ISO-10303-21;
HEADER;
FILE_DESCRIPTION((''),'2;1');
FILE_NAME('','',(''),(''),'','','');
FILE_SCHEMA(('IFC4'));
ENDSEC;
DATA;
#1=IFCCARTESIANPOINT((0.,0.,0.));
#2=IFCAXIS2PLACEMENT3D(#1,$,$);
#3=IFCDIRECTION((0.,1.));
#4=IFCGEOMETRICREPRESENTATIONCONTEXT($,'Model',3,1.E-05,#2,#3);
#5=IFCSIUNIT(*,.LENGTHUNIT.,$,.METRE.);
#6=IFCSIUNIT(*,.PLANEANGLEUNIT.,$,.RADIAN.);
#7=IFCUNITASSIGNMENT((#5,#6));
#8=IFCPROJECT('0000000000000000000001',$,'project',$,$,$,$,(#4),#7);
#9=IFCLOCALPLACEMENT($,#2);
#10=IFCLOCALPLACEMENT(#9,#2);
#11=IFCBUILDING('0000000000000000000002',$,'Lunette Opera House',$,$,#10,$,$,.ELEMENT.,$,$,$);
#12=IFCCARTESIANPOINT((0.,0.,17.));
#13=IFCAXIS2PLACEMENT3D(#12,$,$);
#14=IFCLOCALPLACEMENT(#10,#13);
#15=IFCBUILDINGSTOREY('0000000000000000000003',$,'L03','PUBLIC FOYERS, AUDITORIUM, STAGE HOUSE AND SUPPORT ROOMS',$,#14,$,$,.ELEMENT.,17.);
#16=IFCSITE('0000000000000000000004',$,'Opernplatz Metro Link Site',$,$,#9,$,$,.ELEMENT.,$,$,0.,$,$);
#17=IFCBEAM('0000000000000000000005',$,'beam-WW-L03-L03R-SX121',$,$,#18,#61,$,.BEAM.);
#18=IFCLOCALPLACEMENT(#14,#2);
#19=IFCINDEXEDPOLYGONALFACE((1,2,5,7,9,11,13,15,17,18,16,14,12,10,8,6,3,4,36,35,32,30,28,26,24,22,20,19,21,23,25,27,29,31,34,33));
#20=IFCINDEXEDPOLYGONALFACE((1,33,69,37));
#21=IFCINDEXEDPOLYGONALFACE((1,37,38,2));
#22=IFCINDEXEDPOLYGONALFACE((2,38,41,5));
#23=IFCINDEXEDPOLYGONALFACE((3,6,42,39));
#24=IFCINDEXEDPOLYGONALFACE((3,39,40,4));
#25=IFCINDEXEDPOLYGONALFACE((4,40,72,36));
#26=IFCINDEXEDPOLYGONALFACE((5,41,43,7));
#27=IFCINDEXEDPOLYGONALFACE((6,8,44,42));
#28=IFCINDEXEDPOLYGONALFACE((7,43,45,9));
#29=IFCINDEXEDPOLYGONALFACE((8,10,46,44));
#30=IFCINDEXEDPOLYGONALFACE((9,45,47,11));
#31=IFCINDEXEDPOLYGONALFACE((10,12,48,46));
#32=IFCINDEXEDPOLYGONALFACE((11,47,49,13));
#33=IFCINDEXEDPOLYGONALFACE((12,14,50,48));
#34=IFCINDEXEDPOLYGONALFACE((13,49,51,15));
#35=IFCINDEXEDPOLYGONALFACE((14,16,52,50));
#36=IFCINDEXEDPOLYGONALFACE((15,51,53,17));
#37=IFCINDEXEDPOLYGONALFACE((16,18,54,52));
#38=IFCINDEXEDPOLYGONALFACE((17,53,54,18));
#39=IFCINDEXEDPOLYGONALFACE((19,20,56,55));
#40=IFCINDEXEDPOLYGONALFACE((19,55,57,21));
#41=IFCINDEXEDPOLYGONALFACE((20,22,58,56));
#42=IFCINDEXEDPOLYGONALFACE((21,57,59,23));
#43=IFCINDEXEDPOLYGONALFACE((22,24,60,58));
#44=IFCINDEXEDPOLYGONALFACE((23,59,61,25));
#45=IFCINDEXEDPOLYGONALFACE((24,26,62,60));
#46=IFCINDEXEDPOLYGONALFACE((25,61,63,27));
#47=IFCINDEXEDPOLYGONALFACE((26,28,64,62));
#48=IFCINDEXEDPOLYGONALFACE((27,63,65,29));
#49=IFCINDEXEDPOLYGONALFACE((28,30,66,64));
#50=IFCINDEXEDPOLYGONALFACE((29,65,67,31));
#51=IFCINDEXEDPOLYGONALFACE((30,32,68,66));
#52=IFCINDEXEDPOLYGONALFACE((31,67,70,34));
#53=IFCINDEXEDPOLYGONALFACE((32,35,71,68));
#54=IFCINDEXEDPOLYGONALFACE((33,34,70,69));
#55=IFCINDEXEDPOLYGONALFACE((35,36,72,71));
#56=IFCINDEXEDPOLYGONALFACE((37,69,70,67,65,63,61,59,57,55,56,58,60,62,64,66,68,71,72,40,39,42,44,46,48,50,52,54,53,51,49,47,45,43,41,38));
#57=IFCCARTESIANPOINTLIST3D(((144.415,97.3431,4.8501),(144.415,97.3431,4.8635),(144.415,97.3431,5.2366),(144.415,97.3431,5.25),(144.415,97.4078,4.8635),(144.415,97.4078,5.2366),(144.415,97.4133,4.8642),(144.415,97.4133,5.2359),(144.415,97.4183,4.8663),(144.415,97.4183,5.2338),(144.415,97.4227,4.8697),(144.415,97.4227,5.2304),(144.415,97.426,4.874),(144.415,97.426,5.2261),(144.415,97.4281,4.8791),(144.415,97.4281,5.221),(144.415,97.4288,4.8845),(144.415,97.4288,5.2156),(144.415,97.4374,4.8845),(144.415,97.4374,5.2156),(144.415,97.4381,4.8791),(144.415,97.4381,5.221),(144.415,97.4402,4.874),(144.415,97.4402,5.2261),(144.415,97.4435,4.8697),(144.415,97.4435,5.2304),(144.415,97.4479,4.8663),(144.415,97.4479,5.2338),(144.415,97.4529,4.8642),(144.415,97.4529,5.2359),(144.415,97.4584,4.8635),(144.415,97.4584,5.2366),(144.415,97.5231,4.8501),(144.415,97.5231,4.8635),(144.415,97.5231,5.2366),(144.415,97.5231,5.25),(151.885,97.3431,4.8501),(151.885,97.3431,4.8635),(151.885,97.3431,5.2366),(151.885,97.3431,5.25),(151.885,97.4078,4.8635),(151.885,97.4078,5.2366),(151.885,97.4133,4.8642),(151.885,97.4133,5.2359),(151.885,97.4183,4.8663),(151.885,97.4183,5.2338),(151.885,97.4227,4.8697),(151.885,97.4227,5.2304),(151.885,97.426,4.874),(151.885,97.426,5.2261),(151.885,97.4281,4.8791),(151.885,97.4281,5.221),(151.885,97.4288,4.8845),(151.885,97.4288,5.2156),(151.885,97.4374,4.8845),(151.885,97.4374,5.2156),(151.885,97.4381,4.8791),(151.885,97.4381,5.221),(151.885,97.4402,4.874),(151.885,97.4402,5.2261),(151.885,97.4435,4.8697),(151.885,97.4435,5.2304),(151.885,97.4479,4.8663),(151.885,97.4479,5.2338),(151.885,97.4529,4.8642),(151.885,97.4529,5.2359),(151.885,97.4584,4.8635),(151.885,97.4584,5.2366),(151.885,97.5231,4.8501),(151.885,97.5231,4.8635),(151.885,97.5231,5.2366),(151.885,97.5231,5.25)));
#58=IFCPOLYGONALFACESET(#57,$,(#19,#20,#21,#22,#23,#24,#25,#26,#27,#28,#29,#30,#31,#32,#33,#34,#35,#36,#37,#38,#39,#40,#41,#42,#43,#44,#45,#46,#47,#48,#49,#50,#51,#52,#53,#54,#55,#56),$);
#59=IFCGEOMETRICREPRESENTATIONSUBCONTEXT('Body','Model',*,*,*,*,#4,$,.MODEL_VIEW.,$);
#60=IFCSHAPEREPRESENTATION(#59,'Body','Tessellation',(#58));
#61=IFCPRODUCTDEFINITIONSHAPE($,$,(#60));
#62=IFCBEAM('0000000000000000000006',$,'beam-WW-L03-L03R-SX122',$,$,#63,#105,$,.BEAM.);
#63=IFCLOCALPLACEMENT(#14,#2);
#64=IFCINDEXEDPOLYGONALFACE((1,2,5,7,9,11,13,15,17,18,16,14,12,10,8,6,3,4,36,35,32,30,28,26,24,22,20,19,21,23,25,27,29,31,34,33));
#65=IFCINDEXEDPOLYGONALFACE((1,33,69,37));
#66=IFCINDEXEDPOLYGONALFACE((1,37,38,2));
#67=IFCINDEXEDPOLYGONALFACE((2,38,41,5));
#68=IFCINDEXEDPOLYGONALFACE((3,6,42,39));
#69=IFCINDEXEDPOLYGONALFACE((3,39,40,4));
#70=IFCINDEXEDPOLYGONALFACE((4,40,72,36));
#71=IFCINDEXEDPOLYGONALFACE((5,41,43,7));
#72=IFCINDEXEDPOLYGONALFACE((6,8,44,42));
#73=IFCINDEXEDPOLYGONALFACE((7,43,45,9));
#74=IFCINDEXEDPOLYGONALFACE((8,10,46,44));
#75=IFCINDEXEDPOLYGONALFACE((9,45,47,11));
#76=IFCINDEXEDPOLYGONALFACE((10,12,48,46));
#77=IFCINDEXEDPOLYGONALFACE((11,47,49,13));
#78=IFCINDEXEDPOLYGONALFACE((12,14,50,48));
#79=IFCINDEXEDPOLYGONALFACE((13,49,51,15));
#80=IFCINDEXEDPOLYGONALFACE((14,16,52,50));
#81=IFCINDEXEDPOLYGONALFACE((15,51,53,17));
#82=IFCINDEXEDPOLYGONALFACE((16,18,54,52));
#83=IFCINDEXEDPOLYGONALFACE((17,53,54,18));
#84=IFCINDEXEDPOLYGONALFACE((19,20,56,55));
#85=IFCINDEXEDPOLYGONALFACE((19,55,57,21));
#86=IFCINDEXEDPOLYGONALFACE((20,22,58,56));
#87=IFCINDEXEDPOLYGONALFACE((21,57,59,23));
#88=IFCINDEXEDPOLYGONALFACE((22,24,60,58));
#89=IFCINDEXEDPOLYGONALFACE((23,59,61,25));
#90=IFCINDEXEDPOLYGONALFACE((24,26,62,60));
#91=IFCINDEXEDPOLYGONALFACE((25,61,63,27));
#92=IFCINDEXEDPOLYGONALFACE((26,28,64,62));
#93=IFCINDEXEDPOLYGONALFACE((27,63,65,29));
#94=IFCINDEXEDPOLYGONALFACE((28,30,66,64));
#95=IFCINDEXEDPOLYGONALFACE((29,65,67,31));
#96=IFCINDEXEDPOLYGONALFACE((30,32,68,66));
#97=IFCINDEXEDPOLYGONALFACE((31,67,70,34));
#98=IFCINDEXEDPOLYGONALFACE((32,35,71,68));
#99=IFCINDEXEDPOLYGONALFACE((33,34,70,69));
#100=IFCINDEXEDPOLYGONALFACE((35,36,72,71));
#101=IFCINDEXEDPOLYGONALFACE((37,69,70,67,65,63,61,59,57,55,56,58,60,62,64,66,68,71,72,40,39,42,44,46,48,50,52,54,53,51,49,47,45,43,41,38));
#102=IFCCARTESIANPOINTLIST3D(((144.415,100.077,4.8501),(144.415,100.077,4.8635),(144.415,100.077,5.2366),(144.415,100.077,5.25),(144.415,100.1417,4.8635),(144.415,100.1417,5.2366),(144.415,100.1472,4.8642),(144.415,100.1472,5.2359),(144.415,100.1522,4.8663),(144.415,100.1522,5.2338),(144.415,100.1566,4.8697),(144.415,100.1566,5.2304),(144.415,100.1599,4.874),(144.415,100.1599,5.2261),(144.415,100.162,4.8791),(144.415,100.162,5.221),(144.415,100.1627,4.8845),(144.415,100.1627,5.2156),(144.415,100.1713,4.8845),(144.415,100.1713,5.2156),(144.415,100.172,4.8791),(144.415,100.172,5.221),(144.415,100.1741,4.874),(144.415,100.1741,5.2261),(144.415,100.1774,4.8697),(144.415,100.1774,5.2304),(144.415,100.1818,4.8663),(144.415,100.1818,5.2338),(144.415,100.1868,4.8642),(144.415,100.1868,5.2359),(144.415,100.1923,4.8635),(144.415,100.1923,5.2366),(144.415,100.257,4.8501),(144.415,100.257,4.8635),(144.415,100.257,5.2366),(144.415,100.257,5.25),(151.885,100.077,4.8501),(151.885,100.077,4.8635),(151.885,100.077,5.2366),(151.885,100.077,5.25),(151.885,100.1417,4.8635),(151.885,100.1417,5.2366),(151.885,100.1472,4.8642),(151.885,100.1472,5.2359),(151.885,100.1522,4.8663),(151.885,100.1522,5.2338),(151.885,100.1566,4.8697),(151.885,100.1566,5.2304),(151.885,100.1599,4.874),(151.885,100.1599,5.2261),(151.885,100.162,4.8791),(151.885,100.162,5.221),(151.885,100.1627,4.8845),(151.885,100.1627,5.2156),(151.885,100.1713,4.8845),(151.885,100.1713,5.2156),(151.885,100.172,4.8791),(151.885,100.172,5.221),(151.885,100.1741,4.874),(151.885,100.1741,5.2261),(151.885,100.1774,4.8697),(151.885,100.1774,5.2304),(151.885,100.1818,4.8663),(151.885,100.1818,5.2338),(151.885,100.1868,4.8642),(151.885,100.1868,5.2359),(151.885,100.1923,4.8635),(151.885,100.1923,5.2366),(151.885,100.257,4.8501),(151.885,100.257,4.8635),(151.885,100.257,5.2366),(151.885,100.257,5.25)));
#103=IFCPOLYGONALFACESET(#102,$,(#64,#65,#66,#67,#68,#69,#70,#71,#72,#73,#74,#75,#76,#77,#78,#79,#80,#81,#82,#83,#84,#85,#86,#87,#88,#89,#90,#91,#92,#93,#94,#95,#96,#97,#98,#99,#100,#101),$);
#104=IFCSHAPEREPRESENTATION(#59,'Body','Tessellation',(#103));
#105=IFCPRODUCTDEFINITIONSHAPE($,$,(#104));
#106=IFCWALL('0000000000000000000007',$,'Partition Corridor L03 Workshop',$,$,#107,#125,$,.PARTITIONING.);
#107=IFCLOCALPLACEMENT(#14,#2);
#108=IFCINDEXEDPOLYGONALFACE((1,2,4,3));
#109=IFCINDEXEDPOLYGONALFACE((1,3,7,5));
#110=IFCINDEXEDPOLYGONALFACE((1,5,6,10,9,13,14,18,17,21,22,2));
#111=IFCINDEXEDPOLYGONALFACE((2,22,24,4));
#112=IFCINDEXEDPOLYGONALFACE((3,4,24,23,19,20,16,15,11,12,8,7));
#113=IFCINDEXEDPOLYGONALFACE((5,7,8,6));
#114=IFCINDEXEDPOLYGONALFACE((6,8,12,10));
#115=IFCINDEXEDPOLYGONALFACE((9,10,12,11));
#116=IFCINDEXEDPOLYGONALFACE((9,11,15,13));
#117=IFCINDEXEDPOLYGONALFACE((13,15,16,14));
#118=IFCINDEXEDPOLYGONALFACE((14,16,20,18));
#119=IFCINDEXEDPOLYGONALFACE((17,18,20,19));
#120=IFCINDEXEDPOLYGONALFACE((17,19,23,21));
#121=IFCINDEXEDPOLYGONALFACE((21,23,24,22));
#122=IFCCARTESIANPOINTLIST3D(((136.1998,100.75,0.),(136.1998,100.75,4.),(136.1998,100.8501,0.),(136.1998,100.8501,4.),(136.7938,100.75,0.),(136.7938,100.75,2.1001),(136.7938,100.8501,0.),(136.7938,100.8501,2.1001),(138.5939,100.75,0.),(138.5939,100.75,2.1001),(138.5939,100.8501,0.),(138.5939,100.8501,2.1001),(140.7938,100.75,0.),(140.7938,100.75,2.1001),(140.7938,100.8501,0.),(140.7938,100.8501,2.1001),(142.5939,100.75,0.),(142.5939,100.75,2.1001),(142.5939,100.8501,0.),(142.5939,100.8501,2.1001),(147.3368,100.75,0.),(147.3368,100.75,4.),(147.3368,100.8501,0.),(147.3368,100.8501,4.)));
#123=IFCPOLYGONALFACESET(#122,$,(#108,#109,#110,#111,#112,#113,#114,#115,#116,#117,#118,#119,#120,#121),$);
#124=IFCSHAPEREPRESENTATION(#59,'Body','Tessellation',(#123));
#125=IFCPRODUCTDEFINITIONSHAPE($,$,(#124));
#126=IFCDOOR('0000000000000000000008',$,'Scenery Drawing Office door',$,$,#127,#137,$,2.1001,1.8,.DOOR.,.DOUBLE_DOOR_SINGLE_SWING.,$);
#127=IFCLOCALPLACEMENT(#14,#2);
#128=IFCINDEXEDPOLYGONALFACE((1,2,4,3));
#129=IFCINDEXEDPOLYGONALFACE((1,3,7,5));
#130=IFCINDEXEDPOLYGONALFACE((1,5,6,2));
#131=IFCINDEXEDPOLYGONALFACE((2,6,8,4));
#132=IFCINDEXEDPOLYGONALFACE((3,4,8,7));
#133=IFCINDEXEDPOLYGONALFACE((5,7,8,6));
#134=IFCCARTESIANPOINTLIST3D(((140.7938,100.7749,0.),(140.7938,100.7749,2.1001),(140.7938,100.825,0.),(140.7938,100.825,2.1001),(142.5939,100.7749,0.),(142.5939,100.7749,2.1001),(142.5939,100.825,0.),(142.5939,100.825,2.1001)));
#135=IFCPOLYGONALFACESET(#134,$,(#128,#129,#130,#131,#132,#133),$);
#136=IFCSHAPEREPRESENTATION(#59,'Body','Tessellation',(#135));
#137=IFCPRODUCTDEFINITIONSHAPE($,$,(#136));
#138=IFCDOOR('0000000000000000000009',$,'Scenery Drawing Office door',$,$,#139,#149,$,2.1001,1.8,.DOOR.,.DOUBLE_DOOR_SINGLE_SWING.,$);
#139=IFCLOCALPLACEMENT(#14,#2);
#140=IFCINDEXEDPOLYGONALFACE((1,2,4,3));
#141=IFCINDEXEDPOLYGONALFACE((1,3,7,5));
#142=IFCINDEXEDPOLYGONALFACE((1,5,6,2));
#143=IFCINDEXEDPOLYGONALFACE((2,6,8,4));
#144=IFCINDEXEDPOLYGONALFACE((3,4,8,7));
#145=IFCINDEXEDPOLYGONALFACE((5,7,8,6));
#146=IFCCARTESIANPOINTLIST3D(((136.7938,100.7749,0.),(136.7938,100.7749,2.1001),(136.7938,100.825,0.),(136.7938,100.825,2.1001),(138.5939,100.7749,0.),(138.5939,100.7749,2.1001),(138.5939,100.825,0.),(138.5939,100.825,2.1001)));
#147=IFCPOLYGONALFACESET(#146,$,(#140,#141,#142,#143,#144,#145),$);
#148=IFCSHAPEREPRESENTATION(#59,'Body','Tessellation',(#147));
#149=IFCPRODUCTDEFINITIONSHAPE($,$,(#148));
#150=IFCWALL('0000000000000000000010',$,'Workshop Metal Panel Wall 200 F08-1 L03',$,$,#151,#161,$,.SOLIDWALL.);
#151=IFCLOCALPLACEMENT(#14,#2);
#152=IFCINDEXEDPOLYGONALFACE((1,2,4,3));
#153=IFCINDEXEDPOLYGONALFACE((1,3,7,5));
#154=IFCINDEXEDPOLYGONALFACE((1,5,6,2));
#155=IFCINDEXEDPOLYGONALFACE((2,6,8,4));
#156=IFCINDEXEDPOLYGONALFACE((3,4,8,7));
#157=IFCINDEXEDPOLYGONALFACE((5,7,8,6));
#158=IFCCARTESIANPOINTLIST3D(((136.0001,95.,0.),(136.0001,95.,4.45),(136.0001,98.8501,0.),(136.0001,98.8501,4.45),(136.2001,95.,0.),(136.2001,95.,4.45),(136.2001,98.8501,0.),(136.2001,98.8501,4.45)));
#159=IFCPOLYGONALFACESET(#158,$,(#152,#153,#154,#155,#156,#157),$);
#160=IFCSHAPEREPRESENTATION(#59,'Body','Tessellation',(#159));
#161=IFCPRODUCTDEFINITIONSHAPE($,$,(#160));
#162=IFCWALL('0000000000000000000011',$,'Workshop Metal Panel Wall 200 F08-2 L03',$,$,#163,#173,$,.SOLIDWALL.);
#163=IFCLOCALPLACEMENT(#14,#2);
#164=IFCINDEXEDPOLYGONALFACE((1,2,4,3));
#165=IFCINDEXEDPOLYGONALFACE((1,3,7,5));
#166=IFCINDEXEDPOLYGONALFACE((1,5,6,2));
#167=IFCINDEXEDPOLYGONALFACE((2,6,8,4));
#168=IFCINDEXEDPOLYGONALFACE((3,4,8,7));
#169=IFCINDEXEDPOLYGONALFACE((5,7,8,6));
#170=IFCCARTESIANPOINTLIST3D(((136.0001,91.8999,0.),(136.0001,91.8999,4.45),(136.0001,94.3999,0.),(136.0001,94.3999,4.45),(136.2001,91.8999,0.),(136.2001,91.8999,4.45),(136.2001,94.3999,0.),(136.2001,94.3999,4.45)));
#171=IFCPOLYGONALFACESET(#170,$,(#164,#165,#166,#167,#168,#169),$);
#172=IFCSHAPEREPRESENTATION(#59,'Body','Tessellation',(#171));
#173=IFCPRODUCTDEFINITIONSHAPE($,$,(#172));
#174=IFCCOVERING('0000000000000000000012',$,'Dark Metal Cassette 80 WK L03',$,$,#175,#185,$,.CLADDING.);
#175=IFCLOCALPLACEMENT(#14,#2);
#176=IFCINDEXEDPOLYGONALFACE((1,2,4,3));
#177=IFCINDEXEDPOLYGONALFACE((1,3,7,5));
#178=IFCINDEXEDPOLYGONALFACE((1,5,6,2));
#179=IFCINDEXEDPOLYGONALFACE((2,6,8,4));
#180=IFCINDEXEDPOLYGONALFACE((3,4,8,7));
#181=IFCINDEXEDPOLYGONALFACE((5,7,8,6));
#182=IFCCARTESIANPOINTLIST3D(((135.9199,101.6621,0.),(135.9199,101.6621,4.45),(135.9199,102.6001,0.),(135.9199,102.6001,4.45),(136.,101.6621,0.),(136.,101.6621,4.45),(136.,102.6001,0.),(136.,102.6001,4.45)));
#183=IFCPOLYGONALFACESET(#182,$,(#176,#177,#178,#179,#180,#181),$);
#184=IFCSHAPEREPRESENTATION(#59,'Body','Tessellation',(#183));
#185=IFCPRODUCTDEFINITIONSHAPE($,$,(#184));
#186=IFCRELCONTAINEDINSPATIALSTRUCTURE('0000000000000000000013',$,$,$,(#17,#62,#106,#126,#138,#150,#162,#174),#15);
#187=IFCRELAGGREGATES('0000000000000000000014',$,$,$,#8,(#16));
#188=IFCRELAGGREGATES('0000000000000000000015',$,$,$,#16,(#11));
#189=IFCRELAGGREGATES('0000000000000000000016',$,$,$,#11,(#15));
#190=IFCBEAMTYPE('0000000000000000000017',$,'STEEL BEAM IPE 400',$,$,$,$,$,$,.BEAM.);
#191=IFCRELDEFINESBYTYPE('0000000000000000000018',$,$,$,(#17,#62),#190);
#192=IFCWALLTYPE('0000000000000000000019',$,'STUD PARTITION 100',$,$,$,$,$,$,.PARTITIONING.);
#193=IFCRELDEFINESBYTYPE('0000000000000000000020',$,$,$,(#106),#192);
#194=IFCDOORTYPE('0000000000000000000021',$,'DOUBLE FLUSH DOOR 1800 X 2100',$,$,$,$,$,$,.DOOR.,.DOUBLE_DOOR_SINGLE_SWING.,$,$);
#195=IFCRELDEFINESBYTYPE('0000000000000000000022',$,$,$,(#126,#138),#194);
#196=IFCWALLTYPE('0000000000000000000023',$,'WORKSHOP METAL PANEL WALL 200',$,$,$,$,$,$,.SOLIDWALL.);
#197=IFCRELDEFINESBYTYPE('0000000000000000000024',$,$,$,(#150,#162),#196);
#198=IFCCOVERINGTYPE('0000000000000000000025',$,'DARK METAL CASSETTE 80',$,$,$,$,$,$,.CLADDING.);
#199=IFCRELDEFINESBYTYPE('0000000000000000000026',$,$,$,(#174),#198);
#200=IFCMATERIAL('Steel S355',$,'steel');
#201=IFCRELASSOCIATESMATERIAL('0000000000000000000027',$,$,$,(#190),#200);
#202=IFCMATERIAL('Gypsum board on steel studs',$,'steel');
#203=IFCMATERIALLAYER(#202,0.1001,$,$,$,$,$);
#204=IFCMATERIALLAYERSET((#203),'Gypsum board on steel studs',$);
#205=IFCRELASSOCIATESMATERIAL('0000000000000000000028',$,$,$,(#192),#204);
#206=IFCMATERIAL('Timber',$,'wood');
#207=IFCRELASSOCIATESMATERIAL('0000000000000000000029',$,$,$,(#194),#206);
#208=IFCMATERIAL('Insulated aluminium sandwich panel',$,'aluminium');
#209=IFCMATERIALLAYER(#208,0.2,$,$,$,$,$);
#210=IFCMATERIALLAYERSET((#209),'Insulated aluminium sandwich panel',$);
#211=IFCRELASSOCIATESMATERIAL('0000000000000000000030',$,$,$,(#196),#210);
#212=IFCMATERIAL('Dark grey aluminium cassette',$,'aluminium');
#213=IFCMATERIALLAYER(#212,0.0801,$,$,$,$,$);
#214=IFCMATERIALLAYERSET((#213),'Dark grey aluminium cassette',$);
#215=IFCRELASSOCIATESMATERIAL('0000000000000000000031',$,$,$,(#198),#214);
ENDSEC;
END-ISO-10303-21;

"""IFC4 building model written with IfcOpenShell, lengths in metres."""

from ifc_helpers import new_model, si_unit, direction, frame, frame_2d, origin, origin_2d, place, context, subcontext, project, spatial, rectangle, i_section, extrude, material, layer, layer_set, material_profile, profile_set, type_object, element, fill, save


model = new_model("IFC4")

# Units and contexts
model_context = context("Model", 3, precision=1e-05, world=origin(), true_north=direction((0.0, 1.0)))
body_context = subcontext(model_context, "Body", "Model", "MODEL_VIEW")
ifc_project = project(units=[si_unit("LENGTHUNIT", "METRE"), si_unit("PLANEANGLEUNIT", "RADIAN")], contexts=[model_context])

# Site, building, storey
site_placement = place(None, origin())
site = spatial("IfcSite", under=ifc_project, at=site_placement, Name="Opernplatz Metro Link Site", CompositionType="ELEMENT", RefElevation=0.0)
building_placement = place(site_placement, origin())
building = spatial("IfcBuilding", under=site, at=building_placement, Name="Lunette Opera House", CompositionType="ELEMENT")
storey_placement = place(building_placement, frame((0.0, 0.0, 17.0)))
storey = spatial("IfcBuildingStorey", under=building, at=storey_placement, Name="L03", Description="PUBLIC FOYERS, AUDITORIUM, STAGE HOUSE AND SUPPORT ROOMS", CompositionType="ELEMENT", Elevation=17.0)

# Beams
ifc_material_1 = material(Name="Steel S355", Category="steel")
ifc_material_profile_1 = material_profile(ifc_material_1, i_section(OverallWidth=0.1799, OverallDepth=0.3999, WebThickness=0.0085, FlangeThickness=0.0134, FilletRadius=0.021, at=origin_2d()), Name="IPE 400")
ifc_profile_set_1 = profile_set([ifc_material_profile_1], Name="Steel S355")
beam_type_1 = type_object("IfcBeamType", Name="STEEL BEAM IPE 400", PredefinedType="BEAM", material=ifc_profile_set_1)
for number, where, z_axis, x_axis, name in (
    (1, (144.415, 97.4331, 5.05), (1.0, 0.0, 0.0), (0.0, 1.0, 0.0), "beam-WW-L03-L03R-SX121"),
    (2, (144.415, 100.167, 5.05), (1.0, 0.0, 0.0), (0.0, 1.0, 0.0), "beam-WW-L03-L03R-SX122"),
):
    element("IfcBeam", number, at=place(storey_placement, frame(where, z_axis=z_axis, x_axis=x_axis)), inside=storey, type_object=beam_type_1, Name=name, PredefinedType="BEAM", context=body_context, shape_type="SweptSolid", body=[
        extrude(i_section(OverallWidth=0.1799, OverallDepth=0.3999, WebThickness=0.0085, FlangeThickness=0.0134, FilletRadius=0.021, at=origin_2d()), origin(), (0.0, 0.0, 1.0), 7.47),
    ])

# Wall, openings, doors
ifc_material_2 = material(Name="Gypsum board on steel studs", Category="steel")
ifc_layer_1 = layer(ifc_material_2, 0.1001)
ifc_layer_set_1 = layer_set([ifc_layer_1], Name="Gypsum board on steel studs")
wall_type_1 = type_object("IfcWallType", Name="STUD PARTITION 100", PredefinedType="PARTITIONING", material=ifc_layer_set_1)
wall_1_placement = place(storey_placement, frame((136.2, 100.8, 0.0), z_axis=(0.0, 0.0, 1.0), x_axis=(1.0, 0.0, 0.0)))
wall_1 = element("IfcWall", 3, at=wall_1_placement, inside=storey, type_object=wall_type_1, Name="Partition Corridor L03 Workshop", PredefinedType="PARTITIONING", context=body_context, shape_type="SweptSolid", body=[
    extrude(rectangle(XDim=11.137, YDim=0.1001, at=frame_2d((5.5684, 0.0))), origin(), (0.0, 0.0, 1.0), 4.0),
])
opening_1_placement = place(wall_1_placement, frame((4.594, 0.0, 0.0)))
opening_1 = element("IfcOpeningElement", 4, at=opening_1_placement, cuts=wall_1, PredefinedType="OPENING", context=body_context, shape_type="SweptSolid", body=[
    extrude(rectangle(XDim=1.8, YDim=2.1001, at=frame_2d((0.8999, 1.05))), frame((0.0, 0.062, 0.0), z_axis=(0.0, -1.0, 0.0), x_axis=(1.0, 0.0, 0.0)), (0.0, 0.0, 1.0), 0.124),
])
opening_2_placement = place(wall_1_placement, frame((0.594, 0.0, 0.0)))
opening_2 = element("IfcOpeningElement", 5, at=opening_2_placement, cuts=wall_1, PredefinedType="OPENING", context=body_context, shape_type="SweptSolid", body=[
    extrude(rectangle(XDim=1.8, YDim=2.1001, at=frame_2d((0.8999, 1.05))), frame((0.0, 0.062, 0.0), z_axis=(0.0, -1.0, 0.0), x_axis=(1.0, 0.0, 0.0)), (0.0, 0.0, 1.0), 0.124),
])
ifc_material_3 = material(Name="Timber", Category="wood")
door_type = type_object("IfcDoorType", Name="DOUBLE FLUSH DOOR 1800 X 2100", OperationType="DOUBLE_DOOR_SINGLE_SWING", PredefinedType="DOOR", material=ifc_material_3)
door_1_placement = place(opening_1_placement, origin())
door_1 = element("IfcDoor", 6, at=door_1_placement, inside=storey, type_object=door_type, Name="Scenery Drawing Office door", OperationType="DOUBLE_DOOR_SINGLE_SWING", OverallHeight=2.1001, OverallWidth=1.8, PredefinedType="DOOR", context=body_context, shape_type="SweptSolid", body=[
    extrude(rectangle(XDim=1.8, YDim=2.1001, at=frame_2d((0.8999, 1.05))), frame((0.0, 0.0249, 0.0), z_axis=(0.0, -1.0, 0.0), x_axis=(1.0, 0.0, 0.0)), (0.0, 0.0, 1.0), 0.05),
])
fill(opening_1, door_1)
door_2_placement = place(opening_2_placement, origin())
door_2 = element("IfcDoor", 7, at=door_2_placement, inside=storey, type_object=door_type, Name="Scenery Drawing Office door", OperationType="DOUBLE_DOOR_SINGLE_SWING", OverallHeight=2.1001, OverallWidth=1.8, PredefinedType="DOOR", context=body_context, shape_type="SweptSolid", body=[
    extrude(rectangle(XDim=1.8, YDim=2.1001, at=frame_2d((0.8999, 1.05))), frame((0.0, 0.0249, 0.0), z_axis=(0.0, -1.0, 0.0), x_axis=(1.0, 0.0, 0.0)), (0.0, 0.0, 1.0), 0.05),
])
fill(opening_2, door_2)

# Walls
ifc_material_4 = material(Name="Insulated aluminium sandwich panel", Category="aluminium")
ifc_layer_2 = layer(ifc_material_4, 0.2)
ifc_layer_set_2 = layer_set([ifc_layer_2], Name="Insulated aluminium sandwich panel")
wall_type_2 = type_object("IfcWallType", Name="WORKSHOP METAL PANEL WALL 200", PredefinedType="SOLIDWALL", material=ifc_layer_set_2)
wall_2_placement = place(storey_placement, frame((136.1001, 98.8501, 0.0), z_axis=(0.0, 0.0, 1.0), x_axis=(0.0, -1.0, 0.0)))
element("IfcWall", 8, at=wall_2_placement, inside=storey, type_object=wall_type_2, Name="Workshop Metal Panel Wall 200 F08-1 L03", PredefinedType="SOLIDWALL", context=body_context, shape_type="SweptSolid", body=[
    extrude(rectangle(XDim=3.8501, YDim=0.2, at=frame_2d((1.925, 0.0))), origin(), (0.0, 0.0, 1.0), 4.45),
])
wall_3_placement = place(storey_placement, frame((136.1001, 94.3999, 0.0), z_axis=(0.0, 0.0, 1.0), x_axis=(0.0, -1.0, 0.0)))
element("IfcWall", 9, at=wall_3_placement, inside=storey, type_object=wall_type_2, Name="Workshop Metal Panel Wall 200 F08-2 L03", PredefinedType="SOLIDWALL", context=body_context, shape_type="SweptSolid", body=[
    extrude(rectangle(XDim=2.5, YDim=0.2, at=frame_2d((1.25, 0.0))), origin(), (0.0, 0.0, 1.0), 4.45),
])

# Covering
ifc_material_5 = material(Name="Dark grey aluminium cassette", Category="aluminium")
ifc_layer_3 = layer(ifc_material_5, 0.0801)
ifc_layer_set_3 = layer_set([ifc_layer_3], Name="Dark grey aluminium cassette")
covering_type = type_object("IfcCoveringType", Name="DARK METAL CASSETTE 80", PredefinedType="CLADDING", material=ifc_layer_set_3)
for number, where, z_axis, x_axis, name in (
    (10, (135.96, 102.1311, 0.0), (0.0, 0.0, 1.0), (0.0, -1.0, 0.0), "Dark Metal Cassette 80 WK L03"),
):
    element("IfcCovering", number, at=place(storey_placement, frame(where, z_axis=z_axis, x_axis=x_axis)), inside=storey, type_object=covering_type, Name=name, PredefinedType="CLADDING", context=body_context, shape_type="SweptSolid", body=[
        extrude(rectangle(XDim=0.938, YDim=0.0801, at=origin_2d()), origin(), (0.0, 0.0, 1.0), 4.45),
    ])

save(model, "model.ifc")
